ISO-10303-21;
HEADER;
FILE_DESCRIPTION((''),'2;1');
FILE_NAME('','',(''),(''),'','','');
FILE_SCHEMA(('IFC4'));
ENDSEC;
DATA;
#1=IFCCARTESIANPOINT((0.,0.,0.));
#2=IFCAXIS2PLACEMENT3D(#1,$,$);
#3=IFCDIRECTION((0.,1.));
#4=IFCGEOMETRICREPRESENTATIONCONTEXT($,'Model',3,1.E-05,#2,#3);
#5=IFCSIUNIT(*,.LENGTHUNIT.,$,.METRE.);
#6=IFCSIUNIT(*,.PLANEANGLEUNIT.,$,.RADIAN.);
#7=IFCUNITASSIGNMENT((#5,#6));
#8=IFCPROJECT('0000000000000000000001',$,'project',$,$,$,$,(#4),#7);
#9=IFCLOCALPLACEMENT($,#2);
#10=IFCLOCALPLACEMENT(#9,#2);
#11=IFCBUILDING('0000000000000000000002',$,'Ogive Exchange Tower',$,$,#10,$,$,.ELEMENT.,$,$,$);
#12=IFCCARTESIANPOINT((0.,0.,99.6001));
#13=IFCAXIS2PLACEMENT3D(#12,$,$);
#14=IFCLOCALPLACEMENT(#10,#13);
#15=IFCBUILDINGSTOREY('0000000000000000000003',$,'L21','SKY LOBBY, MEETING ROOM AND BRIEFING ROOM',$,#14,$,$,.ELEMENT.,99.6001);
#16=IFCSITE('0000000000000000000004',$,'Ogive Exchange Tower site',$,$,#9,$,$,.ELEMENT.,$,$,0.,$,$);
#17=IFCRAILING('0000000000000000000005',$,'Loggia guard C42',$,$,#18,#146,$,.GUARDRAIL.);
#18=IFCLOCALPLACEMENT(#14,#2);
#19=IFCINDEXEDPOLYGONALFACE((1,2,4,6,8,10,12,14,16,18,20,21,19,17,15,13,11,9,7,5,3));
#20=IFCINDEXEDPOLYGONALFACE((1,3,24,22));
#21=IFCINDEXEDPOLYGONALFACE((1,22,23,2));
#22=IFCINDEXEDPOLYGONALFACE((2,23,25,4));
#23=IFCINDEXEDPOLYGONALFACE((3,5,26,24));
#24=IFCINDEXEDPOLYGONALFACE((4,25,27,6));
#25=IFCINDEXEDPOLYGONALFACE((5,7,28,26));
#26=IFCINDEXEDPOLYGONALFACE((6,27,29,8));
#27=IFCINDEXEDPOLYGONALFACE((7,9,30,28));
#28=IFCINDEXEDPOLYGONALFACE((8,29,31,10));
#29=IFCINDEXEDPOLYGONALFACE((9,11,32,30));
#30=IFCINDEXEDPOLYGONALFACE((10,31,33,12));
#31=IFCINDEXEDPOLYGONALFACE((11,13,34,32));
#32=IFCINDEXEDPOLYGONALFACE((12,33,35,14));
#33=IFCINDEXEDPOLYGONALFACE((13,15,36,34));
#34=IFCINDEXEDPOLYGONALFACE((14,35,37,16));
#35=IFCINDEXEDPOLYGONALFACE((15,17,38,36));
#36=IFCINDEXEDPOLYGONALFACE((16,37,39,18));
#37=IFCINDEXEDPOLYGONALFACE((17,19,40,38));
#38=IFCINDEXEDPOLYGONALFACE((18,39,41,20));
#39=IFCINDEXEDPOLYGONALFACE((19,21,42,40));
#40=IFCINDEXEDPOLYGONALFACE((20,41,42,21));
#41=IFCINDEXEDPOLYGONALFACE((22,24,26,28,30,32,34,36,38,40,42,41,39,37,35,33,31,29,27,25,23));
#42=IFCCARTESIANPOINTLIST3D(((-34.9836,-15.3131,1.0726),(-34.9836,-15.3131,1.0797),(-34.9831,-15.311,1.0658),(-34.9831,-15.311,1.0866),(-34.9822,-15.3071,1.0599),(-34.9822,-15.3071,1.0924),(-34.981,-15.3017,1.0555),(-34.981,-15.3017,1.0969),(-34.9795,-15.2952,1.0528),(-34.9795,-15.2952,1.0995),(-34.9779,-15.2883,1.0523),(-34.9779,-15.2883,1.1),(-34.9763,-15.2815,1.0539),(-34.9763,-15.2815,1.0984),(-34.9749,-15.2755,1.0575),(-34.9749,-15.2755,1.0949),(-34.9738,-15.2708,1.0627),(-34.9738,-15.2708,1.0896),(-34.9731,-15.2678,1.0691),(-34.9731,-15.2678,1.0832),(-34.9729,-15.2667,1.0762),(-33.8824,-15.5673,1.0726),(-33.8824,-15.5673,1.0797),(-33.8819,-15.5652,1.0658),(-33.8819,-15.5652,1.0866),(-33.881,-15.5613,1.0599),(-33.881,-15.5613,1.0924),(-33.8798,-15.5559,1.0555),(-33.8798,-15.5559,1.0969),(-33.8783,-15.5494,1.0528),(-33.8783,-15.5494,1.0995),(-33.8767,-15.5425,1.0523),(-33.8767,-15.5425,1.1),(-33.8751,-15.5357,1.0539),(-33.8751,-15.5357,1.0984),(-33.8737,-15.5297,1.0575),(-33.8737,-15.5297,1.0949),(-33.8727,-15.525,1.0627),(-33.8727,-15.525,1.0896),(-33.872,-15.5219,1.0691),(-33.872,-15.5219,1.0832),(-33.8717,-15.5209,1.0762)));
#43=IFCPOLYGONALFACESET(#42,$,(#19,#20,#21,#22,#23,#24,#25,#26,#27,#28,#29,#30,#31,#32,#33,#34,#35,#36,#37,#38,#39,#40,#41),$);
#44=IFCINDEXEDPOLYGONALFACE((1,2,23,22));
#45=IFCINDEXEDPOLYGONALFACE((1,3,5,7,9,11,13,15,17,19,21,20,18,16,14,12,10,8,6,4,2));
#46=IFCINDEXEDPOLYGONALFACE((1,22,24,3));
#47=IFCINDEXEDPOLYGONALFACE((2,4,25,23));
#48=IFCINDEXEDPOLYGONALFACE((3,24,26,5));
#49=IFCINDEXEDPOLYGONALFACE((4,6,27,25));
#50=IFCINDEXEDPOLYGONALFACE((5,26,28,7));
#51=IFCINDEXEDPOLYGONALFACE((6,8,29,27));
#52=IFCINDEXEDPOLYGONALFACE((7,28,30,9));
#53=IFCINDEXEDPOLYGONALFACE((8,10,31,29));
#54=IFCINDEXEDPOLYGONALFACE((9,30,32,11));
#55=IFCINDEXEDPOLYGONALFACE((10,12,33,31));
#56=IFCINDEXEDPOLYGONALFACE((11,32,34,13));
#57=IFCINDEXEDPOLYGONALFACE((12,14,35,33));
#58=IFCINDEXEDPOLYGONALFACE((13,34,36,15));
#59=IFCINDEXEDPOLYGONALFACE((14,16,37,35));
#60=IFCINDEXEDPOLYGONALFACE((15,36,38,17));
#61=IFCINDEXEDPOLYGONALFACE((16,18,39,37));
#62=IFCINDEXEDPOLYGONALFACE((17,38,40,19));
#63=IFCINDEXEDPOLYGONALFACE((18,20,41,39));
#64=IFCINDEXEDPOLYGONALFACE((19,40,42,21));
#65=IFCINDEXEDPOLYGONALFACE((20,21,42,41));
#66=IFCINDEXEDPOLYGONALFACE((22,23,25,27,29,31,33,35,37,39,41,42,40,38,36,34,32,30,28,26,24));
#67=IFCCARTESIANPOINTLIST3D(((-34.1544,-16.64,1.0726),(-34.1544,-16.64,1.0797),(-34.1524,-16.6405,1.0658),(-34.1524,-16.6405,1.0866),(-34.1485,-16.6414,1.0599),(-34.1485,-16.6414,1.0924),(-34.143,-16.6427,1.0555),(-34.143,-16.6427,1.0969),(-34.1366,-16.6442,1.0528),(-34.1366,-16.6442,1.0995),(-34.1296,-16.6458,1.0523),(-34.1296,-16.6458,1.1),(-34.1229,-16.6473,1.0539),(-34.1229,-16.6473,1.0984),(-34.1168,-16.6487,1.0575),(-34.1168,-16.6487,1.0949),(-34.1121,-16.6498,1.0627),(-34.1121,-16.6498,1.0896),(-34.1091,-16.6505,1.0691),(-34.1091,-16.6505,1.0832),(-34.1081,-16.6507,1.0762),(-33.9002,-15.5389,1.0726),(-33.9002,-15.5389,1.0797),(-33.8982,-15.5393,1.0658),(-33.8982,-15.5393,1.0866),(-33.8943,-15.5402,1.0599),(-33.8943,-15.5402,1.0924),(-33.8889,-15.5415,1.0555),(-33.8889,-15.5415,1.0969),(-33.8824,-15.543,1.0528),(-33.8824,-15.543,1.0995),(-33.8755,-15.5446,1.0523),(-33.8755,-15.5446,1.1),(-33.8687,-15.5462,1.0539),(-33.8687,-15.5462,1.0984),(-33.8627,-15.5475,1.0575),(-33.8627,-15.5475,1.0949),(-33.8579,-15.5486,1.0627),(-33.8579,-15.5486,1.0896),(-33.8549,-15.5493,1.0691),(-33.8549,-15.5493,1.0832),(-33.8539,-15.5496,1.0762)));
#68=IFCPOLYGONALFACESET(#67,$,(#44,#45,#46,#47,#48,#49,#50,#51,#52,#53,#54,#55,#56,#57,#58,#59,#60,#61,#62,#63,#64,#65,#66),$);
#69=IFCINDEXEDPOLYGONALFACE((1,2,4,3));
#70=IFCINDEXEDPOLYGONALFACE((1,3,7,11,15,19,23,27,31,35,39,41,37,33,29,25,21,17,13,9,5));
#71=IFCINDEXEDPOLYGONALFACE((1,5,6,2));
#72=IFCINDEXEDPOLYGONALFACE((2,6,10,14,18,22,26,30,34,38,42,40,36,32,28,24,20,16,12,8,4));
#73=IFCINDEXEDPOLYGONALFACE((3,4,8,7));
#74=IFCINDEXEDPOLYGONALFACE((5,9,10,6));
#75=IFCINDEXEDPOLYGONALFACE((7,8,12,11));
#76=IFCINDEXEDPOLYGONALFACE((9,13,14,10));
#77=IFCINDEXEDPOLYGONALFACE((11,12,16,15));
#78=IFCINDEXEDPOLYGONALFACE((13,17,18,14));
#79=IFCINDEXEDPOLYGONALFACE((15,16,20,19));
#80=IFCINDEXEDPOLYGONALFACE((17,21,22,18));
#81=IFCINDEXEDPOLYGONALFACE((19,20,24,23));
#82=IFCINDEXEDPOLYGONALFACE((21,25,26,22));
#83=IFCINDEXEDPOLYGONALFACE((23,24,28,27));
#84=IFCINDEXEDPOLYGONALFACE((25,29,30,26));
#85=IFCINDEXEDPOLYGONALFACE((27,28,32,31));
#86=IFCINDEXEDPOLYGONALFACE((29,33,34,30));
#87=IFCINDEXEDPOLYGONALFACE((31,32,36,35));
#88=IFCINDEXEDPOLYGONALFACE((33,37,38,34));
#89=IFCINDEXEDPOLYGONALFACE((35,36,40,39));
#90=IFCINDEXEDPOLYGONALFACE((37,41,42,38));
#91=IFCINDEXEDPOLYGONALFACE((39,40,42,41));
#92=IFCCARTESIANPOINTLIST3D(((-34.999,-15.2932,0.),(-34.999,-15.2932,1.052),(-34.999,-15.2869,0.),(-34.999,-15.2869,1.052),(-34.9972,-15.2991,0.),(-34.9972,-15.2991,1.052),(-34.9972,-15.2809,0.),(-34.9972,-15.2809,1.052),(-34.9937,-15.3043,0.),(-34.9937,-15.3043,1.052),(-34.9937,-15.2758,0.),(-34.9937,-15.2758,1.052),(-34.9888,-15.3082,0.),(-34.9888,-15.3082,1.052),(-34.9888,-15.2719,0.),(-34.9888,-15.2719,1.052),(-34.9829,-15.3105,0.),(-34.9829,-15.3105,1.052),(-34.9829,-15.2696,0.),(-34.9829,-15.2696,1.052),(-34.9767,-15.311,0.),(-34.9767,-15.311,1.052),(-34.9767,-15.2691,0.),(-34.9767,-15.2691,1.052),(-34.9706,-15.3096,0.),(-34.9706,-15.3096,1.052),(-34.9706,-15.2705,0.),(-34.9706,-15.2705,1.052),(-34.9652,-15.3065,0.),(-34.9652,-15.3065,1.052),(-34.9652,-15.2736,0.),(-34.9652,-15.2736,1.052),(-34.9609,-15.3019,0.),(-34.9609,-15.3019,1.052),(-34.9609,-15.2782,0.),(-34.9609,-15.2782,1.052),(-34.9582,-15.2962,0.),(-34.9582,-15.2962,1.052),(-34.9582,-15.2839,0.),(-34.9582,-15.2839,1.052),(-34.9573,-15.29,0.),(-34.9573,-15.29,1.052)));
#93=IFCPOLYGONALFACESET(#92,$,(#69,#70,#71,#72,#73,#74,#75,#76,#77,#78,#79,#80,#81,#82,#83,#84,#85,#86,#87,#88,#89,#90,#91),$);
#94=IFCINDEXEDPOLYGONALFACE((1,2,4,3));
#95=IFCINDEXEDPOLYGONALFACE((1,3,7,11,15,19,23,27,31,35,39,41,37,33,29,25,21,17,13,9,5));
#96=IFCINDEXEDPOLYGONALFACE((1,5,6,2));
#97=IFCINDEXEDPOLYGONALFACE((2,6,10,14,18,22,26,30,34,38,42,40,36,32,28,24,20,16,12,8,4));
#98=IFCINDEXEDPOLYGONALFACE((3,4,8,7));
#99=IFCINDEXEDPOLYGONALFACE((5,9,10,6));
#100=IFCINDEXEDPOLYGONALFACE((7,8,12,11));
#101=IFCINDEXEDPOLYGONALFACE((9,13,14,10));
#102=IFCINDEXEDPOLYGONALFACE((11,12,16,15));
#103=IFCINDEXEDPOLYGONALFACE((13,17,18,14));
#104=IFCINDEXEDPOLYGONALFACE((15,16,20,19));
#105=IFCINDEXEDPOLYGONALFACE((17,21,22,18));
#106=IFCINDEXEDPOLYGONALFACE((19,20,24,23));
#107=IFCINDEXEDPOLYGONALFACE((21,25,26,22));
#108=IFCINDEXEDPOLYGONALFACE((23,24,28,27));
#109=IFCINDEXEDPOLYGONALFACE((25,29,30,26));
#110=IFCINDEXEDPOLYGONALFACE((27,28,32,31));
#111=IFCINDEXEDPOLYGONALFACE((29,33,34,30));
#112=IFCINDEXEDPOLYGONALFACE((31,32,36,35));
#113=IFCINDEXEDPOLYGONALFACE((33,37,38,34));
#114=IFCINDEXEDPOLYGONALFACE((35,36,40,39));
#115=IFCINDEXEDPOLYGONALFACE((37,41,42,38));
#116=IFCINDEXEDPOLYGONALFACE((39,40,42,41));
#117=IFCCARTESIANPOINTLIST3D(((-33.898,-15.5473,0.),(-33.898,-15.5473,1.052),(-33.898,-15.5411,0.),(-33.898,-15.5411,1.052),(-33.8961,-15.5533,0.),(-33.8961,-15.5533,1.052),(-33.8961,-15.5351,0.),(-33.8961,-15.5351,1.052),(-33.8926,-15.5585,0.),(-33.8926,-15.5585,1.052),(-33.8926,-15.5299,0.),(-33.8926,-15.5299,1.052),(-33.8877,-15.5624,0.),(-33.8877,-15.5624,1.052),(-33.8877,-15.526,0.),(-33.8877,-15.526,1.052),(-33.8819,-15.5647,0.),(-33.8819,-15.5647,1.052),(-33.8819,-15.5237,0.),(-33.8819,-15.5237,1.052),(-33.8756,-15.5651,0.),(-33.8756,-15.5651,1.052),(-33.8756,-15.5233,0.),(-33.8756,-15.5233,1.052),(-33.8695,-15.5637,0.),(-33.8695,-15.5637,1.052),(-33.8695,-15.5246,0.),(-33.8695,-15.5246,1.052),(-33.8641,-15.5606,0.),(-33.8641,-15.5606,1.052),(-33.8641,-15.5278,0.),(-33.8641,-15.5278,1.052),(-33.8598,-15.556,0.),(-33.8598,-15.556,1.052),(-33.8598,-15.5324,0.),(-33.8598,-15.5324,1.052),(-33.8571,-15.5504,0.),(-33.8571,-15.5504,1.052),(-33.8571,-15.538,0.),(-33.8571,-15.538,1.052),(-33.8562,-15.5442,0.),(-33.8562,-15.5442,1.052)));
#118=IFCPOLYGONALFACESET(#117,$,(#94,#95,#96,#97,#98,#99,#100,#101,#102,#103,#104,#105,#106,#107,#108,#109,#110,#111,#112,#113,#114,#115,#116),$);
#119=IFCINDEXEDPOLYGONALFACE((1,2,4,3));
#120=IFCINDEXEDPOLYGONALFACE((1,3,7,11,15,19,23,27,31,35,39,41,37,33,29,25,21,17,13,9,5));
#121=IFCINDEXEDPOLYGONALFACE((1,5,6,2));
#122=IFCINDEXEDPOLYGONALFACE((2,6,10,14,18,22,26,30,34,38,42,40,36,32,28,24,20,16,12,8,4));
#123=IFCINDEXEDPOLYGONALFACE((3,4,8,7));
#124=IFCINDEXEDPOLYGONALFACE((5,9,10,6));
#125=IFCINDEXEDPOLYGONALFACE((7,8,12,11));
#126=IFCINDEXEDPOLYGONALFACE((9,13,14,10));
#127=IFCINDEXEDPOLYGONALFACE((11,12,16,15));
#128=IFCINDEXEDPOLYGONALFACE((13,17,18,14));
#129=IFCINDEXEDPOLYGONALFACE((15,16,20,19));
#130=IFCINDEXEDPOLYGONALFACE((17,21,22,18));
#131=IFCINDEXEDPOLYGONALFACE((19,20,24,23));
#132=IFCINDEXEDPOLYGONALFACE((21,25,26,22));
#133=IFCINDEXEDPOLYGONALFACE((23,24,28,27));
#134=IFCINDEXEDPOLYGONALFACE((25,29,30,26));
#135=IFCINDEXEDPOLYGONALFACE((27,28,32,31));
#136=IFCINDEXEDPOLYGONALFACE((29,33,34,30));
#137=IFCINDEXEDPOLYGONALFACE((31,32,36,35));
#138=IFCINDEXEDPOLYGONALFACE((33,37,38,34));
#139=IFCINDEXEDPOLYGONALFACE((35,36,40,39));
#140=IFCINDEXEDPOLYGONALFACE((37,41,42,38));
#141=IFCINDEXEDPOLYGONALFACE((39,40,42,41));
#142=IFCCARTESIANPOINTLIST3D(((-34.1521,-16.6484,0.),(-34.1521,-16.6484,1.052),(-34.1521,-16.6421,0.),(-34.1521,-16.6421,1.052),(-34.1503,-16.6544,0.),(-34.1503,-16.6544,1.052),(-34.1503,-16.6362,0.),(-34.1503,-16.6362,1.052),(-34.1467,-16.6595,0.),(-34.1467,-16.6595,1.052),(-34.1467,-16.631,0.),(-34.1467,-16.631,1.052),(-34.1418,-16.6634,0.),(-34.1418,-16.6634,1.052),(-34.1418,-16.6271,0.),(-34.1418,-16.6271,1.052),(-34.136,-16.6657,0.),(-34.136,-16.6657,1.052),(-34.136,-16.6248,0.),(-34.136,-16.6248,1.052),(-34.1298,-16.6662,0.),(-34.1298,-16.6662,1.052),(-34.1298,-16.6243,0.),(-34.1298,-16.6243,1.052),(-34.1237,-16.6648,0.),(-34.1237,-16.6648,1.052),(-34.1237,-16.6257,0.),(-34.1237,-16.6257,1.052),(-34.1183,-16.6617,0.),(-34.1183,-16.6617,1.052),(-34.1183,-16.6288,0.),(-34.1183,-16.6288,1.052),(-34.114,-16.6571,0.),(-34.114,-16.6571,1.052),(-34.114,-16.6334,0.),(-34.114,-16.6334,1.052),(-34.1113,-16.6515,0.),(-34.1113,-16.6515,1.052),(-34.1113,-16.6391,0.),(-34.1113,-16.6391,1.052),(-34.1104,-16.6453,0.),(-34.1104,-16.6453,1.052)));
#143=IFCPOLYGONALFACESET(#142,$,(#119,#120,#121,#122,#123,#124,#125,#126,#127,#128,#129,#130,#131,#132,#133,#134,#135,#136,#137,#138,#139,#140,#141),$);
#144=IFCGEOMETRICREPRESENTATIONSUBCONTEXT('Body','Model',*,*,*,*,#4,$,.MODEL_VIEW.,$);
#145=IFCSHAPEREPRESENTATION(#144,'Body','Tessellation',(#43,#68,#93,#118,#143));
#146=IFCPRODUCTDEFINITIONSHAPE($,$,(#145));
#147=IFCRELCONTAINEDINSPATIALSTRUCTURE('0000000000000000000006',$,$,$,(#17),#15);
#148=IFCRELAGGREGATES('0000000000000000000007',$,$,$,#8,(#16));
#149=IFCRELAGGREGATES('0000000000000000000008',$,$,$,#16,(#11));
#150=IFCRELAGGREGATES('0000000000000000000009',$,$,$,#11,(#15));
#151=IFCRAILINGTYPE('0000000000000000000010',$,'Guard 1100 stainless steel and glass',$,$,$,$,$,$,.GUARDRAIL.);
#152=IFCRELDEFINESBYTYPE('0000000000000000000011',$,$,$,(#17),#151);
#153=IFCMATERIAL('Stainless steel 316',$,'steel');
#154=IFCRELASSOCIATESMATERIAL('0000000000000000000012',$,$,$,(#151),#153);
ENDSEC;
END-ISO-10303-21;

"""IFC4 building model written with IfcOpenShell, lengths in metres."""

from ifc_helpers import new_model, si_unit, direction, frame, origin, origin_2d, place, context, subcontext, project, spatial, circle, extrude, material, type_object, element, save


model = new_model("IFC4")

# Units and contexts
model_context = context("Model", 3, precision=1e-05, world=origin(), true_north=direction((0.0, 1.0)))
body_context = subcontext(model_context, "Body", "Model", "MODEL_VIEW")
ifc_project = project(units=[si_unit("LENGTHUNIT", "METRE"), si_unit("PLANEANGLEUNIT", "RADIAN")], contexts=[model_context])

# Site, building, storey
site_placement = place(None, origin())
site = spatial("IfcSite", under=ifc_project, at=site_placement, Name="Ogive Exchange Tower site", CompositionType="ELEMENT", RefElevation=0.0)
building_placement = place(site_placement, origin())
building = spatial("IfcBuilding", under=site, at=building_placement, Name="Ogive Exchange Tower", CompositionType="ELEMENT")
storey_placement = place(building_placement, frame((0.0, 0.0, 99.6001)))
storey = spatial("IfcBuildingStorey", under=building, at=storey_placement, Name="L21", Description="SKY LOBBY, MEETING ROOM AND BRIEFING ROOM", CompositionType="ELEMENT", Elevation=99.6001)

# Railing
ifc_material_1 = material(Name="Stainless steel 316", Category="steel")
railing_type = type_object("IfcRailingType", Name="Guard 1100 stainless steel and glass", PredefinedType="GUARDRAIL", material=ifc_material_1)
for number, where, name in (
    (1, (-34.9783, -15.29, 0.0), "Loggia guard C42"),
):
    element("IfcRailing", number, at=place(storey_placement, frame(where)), inside=storey, type_object=railing_type, Name=name, PredefinedType="GUARDRAIL", context=body_context, shape_type="SweptSolid", body=[
        extrude(circle(Radius=0.0239, at=origin_2d()), frame((0.0, 0.0, 1.0762), z_axis=(0.97438, -0.224907, 0.0), x_axis=(0.224907, 0.97438, 0.0)), (0.0, 0.0, 1.0), 1.1301),
        extrude(circle(Radius=0.0239, at=origin_2d()), frame((1.1011, -0.2542, 1.0762), z_axis=(-0.224907, -0.97438, 0.0), x_axis=(0.97438, -0.224907, 0.0)), (0.0, 0.0, 1.0), 1.1301),
        extrude(circle(Radius=0.021, at=origin_2d()), origin(), (0.0, 0.0, 1.0), 1.052),
        extrude(circle(Radius=0.021, at=origin_2d()), frame((1.1011, -0.2542, 0.0)), (0.0, 0.0, 1.0), 1.052),
        extrude(circle(Radius=0.021, at=origin_2d()), frame((0.8469, -1.3552, 0.0)), (0.0, 0.0, 1.0), 1.052),
    ])

save(model, "model.ifc")
